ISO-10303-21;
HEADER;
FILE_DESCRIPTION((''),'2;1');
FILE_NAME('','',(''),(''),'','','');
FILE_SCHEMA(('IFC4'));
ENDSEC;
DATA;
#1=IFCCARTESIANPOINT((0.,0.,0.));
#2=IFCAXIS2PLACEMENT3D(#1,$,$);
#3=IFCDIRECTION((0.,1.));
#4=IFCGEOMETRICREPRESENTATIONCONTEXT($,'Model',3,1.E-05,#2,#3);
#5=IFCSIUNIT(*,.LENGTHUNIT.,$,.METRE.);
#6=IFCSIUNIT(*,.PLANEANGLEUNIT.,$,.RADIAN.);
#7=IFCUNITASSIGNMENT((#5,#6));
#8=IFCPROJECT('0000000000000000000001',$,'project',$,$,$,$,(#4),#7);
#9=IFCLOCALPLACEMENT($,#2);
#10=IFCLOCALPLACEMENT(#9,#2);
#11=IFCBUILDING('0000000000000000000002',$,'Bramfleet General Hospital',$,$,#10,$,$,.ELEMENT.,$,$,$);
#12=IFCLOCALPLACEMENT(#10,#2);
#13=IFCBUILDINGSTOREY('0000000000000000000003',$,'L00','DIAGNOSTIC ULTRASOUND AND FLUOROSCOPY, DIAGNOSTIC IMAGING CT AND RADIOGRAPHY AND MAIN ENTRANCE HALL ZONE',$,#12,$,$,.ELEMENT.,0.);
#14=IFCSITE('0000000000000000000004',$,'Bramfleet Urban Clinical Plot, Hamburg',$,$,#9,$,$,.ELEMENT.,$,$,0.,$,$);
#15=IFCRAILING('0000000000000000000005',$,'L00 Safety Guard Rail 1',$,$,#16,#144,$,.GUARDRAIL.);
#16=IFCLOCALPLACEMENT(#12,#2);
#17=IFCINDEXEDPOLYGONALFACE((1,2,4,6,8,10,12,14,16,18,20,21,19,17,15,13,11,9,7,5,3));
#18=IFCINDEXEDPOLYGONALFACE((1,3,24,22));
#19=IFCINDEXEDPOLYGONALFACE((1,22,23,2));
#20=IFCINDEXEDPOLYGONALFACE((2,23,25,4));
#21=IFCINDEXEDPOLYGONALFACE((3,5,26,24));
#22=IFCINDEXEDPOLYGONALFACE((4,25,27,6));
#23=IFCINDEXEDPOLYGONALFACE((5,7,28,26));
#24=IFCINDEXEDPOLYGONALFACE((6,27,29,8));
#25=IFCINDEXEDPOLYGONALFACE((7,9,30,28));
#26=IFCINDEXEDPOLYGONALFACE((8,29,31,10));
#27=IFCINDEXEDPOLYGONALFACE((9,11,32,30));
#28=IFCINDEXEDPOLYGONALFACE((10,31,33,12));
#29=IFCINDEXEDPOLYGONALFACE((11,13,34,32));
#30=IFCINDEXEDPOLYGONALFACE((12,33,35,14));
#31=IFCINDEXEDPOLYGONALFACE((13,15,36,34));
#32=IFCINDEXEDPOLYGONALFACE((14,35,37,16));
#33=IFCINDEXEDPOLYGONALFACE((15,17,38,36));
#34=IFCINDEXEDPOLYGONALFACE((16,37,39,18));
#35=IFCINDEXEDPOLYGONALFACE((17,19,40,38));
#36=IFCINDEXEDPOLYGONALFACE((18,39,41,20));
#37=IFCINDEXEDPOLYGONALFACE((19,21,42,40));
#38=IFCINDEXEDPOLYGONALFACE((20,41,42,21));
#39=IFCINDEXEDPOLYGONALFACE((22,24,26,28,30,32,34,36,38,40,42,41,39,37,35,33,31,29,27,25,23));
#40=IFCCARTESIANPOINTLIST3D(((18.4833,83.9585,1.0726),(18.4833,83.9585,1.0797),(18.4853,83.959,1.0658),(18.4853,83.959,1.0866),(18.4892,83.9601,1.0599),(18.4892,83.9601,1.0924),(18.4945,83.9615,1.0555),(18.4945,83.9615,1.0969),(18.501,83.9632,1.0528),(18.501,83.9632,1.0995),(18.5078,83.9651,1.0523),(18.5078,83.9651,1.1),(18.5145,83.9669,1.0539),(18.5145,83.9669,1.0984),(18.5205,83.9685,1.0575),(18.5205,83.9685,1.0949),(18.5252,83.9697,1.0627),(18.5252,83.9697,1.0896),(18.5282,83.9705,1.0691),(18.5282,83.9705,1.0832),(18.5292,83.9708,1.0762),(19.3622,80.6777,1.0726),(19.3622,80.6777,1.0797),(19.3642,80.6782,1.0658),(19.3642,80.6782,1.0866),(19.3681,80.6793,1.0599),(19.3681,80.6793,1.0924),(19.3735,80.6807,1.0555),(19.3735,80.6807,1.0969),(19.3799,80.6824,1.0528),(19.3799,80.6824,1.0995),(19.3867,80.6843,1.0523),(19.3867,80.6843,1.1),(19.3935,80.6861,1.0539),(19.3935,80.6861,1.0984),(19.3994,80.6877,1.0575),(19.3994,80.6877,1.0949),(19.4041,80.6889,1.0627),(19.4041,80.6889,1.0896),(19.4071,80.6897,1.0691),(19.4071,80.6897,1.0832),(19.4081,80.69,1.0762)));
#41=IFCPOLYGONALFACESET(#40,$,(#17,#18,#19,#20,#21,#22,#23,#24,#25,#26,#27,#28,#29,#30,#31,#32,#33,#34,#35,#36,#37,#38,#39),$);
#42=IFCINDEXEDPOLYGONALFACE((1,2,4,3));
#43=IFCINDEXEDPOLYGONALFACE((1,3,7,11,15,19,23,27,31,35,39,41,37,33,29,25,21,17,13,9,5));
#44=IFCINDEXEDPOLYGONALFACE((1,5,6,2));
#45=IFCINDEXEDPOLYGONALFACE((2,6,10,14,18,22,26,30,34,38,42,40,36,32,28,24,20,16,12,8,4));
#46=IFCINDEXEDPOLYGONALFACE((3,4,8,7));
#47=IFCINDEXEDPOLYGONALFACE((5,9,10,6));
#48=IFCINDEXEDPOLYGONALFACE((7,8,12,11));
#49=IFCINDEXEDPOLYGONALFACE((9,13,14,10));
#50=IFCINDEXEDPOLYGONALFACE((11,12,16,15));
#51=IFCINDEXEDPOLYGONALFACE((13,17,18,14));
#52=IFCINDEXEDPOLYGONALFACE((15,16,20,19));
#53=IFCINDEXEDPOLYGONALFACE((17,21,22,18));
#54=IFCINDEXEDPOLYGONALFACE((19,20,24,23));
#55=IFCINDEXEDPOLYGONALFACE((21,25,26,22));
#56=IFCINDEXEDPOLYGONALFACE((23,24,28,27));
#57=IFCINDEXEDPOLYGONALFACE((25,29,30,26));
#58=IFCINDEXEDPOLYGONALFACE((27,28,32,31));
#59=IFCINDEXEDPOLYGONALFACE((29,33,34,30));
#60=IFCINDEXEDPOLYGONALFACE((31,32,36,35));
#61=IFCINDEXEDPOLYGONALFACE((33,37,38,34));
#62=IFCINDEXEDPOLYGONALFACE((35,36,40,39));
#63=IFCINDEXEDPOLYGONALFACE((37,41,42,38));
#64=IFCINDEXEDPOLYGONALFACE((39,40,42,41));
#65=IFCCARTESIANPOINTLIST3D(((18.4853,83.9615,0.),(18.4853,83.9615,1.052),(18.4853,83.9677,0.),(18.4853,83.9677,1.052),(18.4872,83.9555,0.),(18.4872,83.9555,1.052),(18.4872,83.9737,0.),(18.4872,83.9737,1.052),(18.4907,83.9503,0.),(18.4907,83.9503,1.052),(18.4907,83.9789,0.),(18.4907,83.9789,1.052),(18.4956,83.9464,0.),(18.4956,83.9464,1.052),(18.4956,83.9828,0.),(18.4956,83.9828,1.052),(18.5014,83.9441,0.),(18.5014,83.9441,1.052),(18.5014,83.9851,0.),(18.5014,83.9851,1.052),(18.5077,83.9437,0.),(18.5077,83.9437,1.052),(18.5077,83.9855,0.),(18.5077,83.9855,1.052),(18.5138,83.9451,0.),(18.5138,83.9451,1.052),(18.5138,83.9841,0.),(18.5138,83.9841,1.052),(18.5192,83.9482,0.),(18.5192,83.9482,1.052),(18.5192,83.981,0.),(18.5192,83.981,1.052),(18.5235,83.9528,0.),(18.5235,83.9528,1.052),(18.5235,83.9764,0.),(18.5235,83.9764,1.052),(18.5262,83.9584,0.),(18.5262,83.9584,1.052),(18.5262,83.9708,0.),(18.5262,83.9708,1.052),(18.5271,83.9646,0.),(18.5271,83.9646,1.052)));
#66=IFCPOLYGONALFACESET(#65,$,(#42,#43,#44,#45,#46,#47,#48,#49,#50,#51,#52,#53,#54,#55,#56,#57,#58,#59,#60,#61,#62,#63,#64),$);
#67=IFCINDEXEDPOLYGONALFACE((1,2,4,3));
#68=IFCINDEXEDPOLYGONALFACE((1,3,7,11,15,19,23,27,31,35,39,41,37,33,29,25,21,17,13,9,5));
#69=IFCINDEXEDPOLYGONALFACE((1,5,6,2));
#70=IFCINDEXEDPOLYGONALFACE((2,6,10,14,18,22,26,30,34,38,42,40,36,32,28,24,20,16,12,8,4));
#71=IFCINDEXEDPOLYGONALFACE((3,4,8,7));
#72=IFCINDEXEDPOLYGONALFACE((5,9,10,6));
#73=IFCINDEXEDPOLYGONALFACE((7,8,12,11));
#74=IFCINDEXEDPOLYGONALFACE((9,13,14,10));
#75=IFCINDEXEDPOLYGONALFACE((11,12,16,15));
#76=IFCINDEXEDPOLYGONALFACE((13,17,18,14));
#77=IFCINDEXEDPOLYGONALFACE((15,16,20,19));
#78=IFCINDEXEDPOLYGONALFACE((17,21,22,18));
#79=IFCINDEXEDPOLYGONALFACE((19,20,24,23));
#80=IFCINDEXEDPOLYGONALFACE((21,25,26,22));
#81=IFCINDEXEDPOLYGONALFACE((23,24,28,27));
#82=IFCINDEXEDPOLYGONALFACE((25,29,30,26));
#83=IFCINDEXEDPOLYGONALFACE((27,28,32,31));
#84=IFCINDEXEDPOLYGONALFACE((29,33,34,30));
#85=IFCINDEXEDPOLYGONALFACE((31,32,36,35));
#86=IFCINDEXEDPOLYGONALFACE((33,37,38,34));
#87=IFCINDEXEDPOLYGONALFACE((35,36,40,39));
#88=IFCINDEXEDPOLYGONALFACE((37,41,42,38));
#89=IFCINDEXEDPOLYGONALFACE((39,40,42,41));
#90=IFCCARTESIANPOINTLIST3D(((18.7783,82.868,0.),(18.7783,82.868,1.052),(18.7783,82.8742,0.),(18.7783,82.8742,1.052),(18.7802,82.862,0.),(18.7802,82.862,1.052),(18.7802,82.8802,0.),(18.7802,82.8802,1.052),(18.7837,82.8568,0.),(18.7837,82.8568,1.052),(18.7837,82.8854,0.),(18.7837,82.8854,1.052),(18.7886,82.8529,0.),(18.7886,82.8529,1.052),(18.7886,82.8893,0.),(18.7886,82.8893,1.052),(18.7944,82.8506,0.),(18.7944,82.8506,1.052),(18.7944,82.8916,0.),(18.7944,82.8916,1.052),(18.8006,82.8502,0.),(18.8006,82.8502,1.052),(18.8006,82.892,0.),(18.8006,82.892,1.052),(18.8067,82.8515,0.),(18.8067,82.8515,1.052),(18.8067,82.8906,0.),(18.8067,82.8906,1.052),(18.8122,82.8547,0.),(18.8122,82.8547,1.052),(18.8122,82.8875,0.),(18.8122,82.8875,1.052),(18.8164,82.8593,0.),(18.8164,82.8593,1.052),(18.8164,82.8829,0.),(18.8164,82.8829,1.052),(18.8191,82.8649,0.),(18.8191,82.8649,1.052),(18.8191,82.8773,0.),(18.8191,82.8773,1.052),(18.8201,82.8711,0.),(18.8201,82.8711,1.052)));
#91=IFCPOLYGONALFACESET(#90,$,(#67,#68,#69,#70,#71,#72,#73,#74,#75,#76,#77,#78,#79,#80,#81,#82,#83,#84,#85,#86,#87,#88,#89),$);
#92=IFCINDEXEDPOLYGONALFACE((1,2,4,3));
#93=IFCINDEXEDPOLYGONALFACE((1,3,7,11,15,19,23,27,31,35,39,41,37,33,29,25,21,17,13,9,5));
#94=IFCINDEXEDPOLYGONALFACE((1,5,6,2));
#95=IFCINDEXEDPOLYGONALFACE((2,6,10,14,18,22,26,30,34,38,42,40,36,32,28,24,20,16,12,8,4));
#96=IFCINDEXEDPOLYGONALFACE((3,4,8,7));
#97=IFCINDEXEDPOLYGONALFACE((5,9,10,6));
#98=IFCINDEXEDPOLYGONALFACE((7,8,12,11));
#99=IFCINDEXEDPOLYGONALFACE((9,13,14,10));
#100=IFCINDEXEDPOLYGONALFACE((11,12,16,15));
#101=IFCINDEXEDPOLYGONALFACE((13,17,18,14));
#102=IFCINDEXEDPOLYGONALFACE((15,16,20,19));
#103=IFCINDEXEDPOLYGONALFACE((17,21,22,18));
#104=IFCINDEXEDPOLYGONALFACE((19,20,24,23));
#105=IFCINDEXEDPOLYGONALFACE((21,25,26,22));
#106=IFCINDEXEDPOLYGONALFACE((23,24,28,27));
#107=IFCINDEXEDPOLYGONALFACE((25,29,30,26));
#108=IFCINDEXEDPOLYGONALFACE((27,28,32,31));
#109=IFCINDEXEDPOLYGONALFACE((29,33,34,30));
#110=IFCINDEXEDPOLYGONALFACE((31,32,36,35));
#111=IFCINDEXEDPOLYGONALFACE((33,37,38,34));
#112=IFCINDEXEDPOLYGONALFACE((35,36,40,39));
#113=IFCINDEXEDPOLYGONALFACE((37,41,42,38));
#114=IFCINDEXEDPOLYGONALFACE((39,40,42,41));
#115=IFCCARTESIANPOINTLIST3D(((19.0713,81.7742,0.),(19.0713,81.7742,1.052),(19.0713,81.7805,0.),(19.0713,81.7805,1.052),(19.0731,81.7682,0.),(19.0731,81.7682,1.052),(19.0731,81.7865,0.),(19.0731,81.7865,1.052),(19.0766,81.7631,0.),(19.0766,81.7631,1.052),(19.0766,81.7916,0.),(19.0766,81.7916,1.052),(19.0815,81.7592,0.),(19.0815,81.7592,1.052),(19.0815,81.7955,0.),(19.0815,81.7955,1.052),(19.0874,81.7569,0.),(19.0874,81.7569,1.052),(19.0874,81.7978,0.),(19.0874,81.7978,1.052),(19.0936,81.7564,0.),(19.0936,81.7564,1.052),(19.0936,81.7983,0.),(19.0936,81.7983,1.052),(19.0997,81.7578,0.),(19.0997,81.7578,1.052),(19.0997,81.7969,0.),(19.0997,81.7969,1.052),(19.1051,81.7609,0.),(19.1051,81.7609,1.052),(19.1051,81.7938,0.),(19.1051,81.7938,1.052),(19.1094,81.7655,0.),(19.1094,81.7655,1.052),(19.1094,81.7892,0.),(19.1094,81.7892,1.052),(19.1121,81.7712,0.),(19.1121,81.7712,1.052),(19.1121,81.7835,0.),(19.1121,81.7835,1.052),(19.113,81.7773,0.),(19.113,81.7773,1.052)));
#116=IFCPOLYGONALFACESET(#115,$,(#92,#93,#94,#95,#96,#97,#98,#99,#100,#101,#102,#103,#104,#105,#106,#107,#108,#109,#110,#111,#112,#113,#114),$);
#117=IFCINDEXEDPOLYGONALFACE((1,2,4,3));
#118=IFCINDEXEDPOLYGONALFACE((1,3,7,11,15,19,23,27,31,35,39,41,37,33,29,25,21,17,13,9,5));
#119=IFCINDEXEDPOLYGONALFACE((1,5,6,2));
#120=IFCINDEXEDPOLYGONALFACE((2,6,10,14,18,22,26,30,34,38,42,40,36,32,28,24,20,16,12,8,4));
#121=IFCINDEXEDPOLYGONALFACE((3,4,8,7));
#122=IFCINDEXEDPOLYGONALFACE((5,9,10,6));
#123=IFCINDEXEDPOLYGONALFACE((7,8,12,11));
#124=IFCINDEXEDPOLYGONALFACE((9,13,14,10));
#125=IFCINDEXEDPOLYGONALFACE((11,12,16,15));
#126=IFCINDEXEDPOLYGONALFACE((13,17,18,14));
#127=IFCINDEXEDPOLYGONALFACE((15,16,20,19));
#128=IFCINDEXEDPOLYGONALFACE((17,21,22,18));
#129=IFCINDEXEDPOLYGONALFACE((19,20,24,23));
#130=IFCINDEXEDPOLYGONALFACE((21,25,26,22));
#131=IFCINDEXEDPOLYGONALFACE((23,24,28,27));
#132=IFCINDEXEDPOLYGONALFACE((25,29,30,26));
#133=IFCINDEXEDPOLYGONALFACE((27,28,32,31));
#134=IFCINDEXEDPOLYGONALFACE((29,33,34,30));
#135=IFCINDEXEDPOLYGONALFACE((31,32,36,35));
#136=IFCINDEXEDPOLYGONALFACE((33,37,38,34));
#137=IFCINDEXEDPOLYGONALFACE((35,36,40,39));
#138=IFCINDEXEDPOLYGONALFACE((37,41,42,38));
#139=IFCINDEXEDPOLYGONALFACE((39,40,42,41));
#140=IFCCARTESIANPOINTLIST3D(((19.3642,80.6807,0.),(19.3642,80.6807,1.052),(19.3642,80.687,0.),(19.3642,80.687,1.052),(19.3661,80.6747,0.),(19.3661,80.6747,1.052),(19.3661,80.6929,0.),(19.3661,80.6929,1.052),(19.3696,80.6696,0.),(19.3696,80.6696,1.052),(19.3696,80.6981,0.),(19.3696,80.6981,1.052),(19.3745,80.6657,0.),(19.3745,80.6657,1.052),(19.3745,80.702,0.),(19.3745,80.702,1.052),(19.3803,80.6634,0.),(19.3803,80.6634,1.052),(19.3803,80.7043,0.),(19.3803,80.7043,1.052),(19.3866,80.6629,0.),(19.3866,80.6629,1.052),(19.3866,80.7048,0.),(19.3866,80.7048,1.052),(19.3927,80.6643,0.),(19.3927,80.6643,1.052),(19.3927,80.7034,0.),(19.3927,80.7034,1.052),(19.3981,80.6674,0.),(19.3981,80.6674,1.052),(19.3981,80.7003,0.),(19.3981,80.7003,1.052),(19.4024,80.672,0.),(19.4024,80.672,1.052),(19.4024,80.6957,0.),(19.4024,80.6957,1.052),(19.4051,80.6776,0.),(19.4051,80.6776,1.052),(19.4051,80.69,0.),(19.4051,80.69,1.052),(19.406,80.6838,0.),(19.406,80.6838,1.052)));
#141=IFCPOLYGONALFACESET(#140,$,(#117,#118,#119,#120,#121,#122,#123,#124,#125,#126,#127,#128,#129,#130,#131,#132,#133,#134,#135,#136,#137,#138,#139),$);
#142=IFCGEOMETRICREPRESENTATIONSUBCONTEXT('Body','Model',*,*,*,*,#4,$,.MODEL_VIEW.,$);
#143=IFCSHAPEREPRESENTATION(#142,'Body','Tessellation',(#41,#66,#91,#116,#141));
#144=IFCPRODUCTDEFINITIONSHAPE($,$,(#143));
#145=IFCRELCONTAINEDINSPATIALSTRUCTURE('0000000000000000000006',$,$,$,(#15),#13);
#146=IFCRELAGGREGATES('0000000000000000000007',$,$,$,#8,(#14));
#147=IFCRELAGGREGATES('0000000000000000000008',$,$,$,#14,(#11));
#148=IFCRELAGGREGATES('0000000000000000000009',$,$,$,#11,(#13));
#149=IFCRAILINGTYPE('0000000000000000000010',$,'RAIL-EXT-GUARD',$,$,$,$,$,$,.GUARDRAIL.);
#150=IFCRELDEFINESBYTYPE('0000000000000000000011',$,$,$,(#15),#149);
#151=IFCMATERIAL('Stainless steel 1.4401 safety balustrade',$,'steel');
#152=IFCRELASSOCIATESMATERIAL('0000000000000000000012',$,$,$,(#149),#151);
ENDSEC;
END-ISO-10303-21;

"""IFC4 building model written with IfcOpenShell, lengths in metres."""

from ifc_helpers import new_model, si_unit, direction, frame, origin, origin_2d, place, context, subcontext, project, spatial, circle, extrude, material, type_object, element, save


model = new_model("IFC4")

# Units and contexts
model_context = context("Model", 3, precision=1e-05, world=origin(), true_north=direction((0.0, 1.0)))
body_context = subcontext(model_context, "Body", "Model", "MODEL_VIEW")
ifc_project = project(units=[si_unit("LENGTHUNIT", "METRE"), si_unit("PLANEANGLEUNIT", "RADIAN")], contexts=[model_context])

# Site, building, storey
site_placement = place(None, origin())
site = spatial("IfcSite", under=ifc_project, at=site_placement, Name="Bramfleet Urban Clinical Plot, Hamburg", CompositionType="ELEMENT", RefElevation=0.0)
building_placement = place(site_placement, origin())
building = spatial("IfcBuilding", under=site, at=building_placement, Name="Bramfleet General Hospital", CompositionType="ELEMENT")
storey_placement = place(building_placement, origin())
storey = spatial("IfcBuildingStorey", under=building, at=storey_placement, Name="L00", Description="DIAGNOSTIC ULTRASOUND AND FLUOROSCOPY, DIAGNOSTIC IMAGING CT AND RADIOGRAPHY AND MAIN ENTRANCE HALL ZONE", CompositionType="ELEMENT", Elevation=0.0)

# Railing
ifc_material_1 = material(Name="Stainless steel 1.4401 safety balustrade", Category="steel")
railing_type = type_object("IfcRailingType", Name="RAIL-EXT-GUARD", PredefinedType="GUARDRAIL", material=ifc_material_1)
railing_placement = place(storey_placement, frame((18.5061, 83.9646, 0.0)))
element("IfcRailing", 1, at=railing_placement, inside=storey, type_object=railing_type, Name="L00 Safety Guard Rail 1", PredefinedType="GUARDRAIL", context=body_context, shape_type="SweptSolid", body=[
    extrude(circle(Radius=0.0239, at=origin_2d()), frame((0.0, 0.0, 1.0762), z_axis=(0.258772, -0.965938, 0.0), x_axis=(0.965938, 0.258772, 0.0)), (0.0, 0.0, 1.0), 3.3965),
    extrude(circle(Radius=0.021, at=origin_2d()), origin(), (0.0, 0.0, 1.0), 1.052),
    extrude(circle(Radius=0.021, at=origin_2d()), frame((0.293, -1.0935, 0.0)), (0.0, 0.0, 1.0), 1.052),
    extrude(circle(Radius=0.021, at=origin_2d()), frame((0.5859, -2.1873, 0.0)), (0.0, 0.0, 1.0), 1.052),
    extrude(circle(Radius=0.021, at=origin_2d()), frame((0.8789, -3.2808, 0.0)), (0.0, 0.0, 1.0), 1.052),
])

save(model, "model.ifc")
